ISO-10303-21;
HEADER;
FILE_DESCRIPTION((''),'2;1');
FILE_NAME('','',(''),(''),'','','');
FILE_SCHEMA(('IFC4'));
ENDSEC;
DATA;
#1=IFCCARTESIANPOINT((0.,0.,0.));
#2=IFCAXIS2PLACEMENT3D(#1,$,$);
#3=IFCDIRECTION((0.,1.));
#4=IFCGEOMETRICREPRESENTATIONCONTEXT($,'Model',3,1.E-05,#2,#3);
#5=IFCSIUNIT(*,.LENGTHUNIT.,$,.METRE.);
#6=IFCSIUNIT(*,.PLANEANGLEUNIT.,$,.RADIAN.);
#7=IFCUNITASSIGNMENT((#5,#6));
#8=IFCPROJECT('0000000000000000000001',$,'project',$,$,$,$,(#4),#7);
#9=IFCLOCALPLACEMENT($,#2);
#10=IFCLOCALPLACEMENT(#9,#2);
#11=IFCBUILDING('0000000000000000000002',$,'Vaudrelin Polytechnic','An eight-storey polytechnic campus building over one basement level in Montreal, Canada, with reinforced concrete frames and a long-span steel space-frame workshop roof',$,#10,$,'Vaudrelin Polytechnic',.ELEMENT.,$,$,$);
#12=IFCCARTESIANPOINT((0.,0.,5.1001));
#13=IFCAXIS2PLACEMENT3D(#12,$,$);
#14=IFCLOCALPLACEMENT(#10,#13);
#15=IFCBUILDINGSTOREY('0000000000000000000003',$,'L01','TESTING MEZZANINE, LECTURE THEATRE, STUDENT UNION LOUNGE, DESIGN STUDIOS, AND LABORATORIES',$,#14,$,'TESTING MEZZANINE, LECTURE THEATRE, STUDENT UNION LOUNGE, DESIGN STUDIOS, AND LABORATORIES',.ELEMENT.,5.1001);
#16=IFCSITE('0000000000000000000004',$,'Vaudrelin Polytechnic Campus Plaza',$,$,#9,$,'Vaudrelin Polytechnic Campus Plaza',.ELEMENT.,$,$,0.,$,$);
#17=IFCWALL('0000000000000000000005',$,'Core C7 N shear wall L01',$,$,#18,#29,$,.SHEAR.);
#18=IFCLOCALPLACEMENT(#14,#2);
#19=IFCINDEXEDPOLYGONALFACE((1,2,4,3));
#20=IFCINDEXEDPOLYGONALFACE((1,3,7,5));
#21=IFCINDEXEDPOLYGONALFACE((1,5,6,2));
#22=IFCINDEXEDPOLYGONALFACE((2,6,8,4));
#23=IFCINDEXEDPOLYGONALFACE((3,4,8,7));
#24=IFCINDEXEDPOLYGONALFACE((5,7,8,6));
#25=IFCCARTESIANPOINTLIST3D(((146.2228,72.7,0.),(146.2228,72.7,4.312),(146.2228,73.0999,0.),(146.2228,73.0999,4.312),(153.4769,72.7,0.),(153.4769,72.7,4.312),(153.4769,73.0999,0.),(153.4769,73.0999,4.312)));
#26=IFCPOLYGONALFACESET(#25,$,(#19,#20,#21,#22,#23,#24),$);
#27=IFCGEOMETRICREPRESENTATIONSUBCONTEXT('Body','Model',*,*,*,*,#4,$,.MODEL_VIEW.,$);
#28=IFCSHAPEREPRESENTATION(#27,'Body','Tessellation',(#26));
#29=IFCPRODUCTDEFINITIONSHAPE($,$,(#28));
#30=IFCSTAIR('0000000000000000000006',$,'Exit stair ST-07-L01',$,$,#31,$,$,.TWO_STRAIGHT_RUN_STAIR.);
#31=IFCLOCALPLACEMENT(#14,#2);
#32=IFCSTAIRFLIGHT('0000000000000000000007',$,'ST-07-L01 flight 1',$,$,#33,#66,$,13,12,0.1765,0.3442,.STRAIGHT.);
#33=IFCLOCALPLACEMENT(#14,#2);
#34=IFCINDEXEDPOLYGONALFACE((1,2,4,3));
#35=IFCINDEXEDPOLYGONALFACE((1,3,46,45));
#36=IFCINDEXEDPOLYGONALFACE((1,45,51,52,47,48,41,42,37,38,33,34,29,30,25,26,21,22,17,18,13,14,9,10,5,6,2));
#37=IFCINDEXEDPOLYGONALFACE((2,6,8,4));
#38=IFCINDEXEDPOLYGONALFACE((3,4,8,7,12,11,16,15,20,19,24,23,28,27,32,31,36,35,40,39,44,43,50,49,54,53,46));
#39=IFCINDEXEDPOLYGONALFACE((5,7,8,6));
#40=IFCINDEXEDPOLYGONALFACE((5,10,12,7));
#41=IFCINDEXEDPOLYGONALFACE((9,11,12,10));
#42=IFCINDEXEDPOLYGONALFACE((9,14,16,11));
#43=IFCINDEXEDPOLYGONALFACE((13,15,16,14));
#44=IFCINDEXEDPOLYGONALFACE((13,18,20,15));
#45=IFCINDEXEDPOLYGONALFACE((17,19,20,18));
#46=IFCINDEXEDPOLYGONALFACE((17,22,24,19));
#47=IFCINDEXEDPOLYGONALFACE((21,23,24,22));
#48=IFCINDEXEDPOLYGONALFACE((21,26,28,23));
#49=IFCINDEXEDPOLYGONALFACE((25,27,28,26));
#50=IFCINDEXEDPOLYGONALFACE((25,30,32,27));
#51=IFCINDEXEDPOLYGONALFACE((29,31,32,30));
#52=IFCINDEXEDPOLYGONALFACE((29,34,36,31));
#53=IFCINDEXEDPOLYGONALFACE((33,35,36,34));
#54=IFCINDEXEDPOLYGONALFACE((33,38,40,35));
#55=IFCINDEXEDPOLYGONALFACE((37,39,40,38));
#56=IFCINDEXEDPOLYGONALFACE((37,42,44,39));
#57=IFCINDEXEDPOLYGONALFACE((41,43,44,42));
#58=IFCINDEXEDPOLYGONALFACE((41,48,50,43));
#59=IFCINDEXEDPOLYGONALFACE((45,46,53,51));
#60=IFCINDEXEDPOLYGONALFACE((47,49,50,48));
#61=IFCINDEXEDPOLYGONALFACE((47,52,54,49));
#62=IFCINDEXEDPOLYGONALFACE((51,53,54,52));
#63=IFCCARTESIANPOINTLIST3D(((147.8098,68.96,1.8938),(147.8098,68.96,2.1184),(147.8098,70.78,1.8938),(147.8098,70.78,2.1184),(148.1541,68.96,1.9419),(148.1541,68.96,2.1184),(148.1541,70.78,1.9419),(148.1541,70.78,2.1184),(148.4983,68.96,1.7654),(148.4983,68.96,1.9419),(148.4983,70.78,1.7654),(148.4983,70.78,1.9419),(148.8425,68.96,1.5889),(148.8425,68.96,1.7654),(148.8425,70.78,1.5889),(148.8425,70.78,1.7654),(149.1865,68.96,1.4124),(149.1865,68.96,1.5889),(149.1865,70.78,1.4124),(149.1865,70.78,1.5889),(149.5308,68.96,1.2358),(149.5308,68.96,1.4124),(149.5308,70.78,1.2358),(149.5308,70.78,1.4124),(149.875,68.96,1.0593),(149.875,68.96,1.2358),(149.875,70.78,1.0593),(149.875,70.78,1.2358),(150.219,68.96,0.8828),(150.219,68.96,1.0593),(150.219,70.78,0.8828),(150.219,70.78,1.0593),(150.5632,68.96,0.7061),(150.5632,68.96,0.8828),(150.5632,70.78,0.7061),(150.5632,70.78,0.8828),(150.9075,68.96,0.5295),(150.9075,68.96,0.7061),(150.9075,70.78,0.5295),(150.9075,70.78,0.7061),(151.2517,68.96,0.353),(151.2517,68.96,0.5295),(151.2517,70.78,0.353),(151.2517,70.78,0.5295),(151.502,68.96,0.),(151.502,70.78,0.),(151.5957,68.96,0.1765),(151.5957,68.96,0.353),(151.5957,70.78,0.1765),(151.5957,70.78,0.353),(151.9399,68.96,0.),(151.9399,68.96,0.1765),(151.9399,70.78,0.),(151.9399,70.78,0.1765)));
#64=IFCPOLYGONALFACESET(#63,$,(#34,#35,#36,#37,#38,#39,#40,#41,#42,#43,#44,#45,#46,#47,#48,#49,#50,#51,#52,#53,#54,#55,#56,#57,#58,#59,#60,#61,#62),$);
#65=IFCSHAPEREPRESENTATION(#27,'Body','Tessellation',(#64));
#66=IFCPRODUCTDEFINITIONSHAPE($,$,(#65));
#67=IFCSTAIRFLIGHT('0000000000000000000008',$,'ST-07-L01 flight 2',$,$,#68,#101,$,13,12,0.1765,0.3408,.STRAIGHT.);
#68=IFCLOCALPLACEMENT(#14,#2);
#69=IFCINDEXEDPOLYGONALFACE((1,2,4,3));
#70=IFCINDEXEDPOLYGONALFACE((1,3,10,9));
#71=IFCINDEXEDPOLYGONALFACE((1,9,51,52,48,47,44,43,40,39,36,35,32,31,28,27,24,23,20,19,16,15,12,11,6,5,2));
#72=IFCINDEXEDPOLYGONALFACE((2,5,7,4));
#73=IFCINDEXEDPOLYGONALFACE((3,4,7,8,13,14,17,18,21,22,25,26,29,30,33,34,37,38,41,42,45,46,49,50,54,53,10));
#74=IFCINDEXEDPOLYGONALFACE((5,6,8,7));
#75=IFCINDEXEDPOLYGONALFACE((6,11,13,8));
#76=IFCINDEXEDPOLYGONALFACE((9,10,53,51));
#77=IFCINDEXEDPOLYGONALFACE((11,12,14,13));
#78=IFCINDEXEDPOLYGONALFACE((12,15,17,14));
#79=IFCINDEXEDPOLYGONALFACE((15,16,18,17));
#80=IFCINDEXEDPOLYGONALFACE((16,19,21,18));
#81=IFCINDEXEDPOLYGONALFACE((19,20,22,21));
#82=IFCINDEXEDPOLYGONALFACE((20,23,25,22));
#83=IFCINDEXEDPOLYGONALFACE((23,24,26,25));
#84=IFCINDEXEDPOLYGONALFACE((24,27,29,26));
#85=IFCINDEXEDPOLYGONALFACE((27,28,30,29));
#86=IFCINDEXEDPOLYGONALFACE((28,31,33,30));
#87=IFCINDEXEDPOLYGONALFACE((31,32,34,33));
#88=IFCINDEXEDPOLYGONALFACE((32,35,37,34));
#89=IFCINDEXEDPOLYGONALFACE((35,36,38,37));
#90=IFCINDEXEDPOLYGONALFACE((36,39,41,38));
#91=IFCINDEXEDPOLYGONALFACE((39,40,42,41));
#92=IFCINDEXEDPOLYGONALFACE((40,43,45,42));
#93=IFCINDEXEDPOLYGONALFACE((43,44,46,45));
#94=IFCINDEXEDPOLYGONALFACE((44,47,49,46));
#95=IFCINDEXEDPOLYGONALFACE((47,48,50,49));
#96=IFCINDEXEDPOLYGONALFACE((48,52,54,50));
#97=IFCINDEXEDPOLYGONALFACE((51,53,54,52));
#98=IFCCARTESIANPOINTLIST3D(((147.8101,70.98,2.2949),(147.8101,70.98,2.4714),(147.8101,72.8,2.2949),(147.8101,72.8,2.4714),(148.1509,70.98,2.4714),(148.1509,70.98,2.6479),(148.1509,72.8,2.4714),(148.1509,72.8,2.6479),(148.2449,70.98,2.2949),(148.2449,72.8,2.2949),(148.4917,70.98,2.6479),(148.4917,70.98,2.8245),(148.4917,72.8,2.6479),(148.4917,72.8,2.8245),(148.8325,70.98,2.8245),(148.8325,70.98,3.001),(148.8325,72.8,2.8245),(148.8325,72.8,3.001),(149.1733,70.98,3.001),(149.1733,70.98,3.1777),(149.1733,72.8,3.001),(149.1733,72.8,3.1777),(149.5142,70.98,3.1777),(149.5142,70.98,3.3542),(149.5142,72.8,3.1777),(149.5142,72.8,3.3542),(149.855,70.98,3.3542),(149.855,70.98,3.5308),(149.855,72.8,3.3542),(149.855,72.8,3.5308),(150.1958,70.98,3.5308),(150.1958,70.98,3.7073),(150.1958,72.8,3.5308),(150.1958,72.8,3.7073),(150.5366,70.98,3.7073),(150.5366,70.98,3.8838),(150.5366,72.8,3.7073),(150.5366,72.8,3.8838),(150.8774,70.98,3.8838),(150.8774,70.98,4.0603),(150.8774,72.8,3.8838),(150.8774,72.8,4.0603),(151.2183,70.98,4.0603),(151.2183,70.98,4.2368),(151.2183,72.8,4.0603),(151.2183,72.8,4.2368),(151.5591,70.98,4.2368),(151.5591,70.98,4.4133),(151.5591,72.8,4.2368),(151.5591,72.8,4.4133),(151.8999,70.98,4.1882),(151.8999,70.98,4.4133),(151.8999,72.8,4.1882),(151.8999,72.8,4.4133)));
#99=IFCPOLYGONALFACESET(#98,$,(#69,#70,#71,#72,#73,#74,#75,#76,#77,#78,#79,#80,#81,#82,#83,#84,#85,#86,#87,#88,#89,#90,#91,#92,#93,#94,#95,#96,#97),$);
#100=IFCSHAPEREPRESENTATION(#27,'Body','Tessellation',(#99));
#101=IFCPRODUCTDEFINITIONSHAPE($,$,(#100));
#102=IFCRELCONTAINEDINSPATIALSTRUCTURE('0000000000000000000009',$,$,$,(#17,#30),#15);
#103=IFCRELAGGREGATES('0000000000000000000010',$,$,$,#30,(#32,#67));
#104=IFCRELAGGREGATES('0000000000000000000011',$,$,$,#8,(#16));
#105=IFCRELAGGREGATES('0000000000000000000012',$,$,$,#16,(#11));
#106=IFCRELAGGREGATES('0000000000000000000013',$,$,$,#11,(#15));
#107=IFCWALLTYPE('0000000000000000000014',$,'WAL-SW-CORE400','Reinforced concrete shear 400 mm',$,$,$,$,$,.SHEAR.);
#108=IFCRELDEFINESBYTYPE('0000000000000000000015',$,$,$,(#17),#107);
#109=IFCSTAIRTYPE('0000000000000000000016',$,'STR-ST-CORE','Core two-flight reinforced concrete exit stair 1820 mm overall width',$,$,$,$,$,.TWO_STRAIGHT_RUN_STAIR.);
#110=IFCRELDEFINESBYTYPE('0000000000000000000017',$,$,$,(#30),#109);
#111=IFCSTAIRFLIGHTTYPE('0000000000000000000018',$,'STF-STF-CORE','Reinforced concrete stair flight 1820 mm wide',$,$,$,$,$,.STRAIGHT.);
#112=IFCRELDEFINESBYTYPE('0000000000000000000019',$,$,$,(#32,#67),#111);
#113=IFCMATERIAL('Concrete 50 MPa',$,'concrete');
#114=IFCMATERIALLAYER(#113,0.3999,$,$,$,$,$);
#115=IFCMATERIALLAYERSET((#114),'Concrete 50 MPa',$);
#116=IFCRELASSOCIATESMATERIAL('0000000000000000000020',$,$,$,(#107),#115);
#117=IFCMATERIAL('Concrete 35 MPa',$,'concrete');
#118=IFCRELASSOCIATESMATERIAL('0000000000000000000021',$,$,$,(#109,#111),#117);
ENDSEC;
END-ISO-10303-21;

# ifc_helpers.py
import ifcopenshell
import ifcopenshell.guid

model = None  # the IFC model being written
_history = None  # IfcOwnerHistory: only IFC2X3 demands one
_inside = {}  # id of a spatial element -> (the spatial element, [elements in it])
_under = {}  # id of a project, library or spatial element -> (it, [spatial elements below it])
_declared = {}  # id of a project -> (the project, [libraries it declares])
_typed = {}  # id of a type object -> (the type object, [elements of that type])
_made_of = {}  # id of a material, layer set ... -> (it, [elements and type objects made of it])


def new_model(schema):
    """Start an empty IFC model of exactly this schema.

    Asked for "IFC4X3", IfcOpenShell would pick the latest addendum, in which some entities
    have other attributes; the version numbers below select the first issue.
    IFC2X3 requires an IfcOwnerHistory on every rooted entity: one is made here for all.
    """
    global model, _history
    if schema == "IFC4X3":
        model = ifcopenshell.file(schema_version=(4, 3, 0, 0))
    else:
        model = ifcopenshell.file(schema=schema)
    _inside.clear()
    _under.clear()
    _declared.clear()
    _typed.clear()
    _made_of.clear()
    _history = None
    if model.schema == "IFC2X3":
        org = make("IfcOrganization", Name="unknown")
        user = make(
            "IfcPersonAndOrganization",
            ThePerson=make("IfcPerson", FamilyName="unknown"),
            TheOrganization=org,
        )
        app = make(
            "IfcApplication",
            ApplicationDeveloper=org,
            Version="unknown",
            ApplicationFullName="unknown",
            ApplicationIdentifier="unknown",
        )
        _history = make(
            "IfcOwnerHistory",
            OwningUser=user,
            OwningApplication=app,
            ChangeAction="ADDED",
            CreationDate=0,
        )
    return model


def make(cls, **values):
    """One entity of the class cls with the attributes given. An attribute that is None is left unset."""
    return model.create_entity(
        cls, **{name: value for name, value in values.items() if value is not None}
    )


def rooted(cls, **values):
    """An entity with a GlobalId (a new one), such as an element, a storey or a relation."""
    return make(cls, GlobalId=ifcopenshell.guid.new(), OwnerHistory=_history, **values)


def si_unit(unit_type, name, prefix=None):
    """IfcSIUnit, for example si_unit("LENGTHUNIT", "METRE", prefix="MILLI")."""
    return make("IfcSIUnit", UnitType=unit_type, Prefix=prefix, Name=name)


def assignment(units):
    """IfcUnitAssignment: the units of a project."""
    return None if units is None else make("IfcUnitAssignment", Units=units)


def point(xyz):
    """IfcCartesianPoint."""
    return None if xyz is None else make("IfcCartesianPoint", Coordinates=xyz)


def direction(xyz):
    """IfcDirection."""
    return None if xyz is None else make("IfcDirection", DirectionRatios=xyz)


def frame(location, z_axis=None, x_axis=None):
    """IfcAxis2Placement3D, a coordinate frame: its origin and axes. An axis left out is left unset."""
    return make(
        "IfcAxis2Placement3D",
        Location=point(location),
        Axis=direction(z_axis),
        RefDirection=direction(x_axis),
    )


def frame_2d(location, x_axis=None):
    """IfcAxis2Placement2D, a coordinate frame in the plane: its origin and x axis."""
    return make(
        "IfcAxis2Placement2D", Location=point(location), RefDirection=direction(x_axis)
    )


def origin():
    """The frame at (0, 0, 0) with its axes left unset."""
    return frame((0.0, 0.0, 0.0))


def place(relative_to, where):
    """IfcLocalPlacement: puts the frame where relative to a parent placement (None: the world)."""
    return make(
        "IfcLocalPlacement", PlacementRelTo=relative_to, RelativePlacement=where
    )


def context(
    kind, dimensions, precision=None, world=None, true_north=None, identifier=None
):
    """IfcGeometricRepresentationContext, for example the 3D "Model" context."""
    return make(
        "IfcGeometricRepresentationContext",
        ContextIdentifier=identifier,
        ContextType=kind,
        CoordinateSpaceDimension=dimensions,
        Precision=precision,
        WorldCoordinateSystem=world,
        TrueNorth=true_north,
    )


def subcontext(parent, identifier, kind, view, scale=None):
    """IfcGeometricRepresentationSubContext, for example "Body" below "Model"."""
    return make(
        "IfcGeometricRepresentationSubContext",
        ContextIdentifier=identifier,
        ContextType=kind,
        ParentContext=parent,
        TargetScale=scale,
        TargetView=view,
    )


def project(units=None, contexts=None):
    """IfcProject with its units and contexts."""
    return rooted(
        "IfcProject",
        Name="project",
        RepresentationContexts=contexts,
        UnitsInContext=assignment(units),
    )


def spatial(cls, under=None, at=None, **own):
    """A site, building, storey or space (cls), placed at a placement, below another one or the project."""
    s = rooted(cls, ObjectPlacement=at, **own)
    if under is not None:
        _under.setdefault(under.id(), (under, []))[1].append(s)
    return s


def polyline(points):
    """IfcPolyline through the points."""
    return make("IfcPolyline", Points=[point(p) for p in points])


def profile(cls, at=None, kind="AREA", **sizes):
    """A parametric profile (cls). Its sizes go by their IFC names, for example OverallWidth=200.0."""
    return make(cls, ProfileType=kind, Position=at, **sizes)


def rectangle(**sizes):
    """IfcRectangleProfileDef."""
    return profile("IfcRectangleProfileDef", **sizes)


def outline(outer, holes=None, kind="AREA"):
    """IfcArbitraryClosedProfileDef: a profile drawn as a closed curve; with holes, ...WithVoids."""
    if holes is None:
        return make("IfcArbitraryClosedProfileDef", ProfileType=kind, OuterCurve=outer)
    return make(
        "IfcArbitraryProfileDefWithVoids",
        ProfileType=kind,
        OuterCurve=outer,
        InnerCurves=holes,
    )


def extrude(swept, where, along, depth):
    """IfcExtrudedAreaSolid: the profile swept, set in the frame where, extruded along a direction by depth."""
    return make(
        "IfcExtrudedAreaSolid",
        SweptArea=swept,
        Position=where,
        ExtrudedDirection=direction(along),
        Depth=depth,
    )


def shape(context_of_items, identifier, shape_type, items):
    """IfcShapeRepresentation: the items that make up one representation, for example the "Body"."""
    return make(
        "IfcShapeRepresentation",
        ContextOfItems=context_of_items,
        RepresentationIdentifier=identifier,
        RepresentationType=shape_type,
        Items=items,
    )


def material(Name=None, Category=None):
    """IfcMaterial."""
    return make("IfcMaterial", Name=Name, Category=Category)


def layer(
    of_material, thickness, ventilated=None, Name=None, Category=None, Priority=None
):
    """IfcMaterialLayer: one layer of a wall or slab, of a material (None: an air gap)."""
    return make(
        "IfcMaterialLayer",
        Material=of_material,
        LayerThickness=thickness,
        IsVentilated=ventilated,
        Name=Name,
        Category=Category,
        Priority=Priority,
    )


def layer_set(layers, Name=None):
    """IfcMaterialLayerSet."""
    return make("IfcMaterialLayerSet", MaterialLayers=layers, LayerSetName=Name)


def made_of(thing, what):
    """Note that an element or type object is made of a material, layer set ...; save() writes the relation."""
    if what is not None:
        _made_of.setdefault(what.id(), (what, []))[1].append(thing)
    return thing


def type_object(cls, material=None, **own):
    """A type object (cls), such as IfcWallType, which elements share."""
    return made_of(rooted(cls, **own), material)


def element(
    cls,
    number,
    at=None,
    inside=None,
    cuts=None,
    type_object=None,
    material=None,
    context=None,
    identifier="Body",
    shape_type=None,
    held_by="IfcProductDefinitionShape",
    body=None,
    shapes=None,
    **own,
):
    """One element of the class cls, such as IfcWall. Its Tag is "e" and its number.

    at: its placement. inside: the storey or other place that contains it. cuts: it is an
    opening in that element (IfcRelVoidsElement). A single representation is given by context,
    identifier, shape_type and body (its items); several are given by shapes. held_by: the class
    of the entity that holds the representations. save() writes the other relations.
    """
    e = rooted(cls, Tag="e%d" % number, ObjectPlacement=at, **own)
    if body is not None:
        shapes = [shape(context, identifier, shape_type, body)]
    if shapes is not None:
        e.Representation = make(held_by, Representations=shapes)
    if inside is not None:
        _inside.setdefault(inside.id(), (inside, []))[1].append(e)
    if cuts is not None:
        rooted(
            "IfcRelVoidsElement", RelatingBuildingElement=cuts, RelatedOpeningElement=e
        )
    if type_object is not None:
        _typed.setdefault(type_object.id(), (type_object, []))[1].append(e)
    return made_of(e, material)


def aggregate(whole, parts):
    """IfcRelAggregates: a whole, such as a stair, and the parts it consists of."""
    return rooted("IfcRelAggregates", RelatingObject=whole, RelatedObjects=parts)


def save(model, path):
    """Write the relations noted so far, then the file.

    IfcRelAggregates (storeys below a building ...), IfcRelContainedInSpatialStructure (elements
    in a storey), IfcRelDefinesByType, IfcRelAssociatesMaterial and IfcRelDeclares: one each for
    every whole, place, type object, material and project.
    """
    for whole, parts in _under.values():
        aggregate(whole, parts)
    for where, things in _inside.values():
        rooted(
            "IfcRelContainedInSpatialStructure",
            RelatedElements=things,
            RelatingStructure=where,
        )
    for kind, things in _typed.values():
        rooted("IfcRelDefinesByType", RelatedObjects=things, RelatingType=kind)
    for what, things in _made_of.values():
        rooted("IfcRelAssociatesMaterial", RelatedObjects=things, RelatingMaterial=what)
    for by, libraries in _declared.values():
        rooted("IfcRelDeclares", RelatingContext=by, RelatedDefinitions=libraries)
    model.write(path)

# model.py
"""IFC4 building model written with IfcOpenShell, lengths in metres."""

from ifc_helpers import new_model, si_unit, direction, frame, frame_2d, origin, place, context, subcontext, project, spatial, polyline, rectangle, outline, extrude, material, layer, layer_set, type_object, element, aggregate, save


model = new_model("IFC4")

# Units and contexts
model_context = context("Model", 3, precision=1e-05, world=origin(), true_north=direction((0.0, 1.0)))
body_context = subcontext(model_context, "Body", "Model", "MODEL_VIEW")
ifc_project = project(units=[si_unit("LENGTHUNIT", "METRE"), si_unit("PLANEANGLEUNIT", "RADIAN")], contexts=[model_context])

# Site, building, storey
site_placement = place(None, origin())
site = spatial("IfcSite", under=ifc_project, at=site_placement, Name="Vaudrelin Polytechnic Campus Plaza", LongName="Vaudrelin Polytechnic Campus Plaza", CompositionType="ELEMENT", RefElevation=0.0)
building_placement = place(site_placement, origin())
building = spatial("IfcBuilding", under=site, at=building_placement, Name="Vaudrelin Polytechnic", Description="An eight-storey polytechnic campus building over one basement level in Montreal, Canada, with reinforced concrete frames and a long-span steel space-frame workshop roof", LongName="Vaudrelin Polytechnic", CompositionType="ELEMENT")
storey_placement = place(building_placement, frame((0.0, 0.0, 5.1001)))
storey = spatial("IfcBuildingStorey", under=building, at=storey_placement, Name="L01", Description="TESTING MEZZANINE, LECTURE THEATRE, STUDENT UNION LOUNGE, DESIGN STUDIOS, AND LABORATORIES", LongName="TESTING MEZZANINE, LECTURE THEATRE, STUDENT UNION LOUNGE, DESIGN STUDIOS, AND LABORATORIES", CompositionType="ELEMENT", Elevation=5.1001)

# Shared definitions
ifc_material_1 = material(Name="Concrete 50 MPa", Category="concrete")

# Wall
ifc_layer_1 = layer(ifc_material_1, 0.3999)
ifc_layer_set_1 = layer_set([ifc_layer_1], Name="Concrete 50 MPa")
wall_type_1 = type_object("IfcWallType", Name="WAL-SW-CORE400", Description="Reinforced concrete shear 400 mm", PredefinedType="SHEAR", material=ifc_layer_set_1)
wall_1_placement = place(storey_placement, frame((146.2229, 72.8999, 0.0), z_axis=(0.0, 0.0, 1.0), x_axis=(1.0, 0.0, 0.0)))
element("IfcWall", 1, at=wall_1_placement, inside=storey, type_object=wall_type_1, Name="Core C7 N shear wall L01", PredefinedType="SHEAR", context=body_context, shape_type="SweptSolid", body=[
    extrude(rectangle(XDim=7.2542, YDim=0.3999, at=frame_2d((3.627, 0.0))), origin(), (0.0, 0.0, 1.0), 4.312),
])

# Stair, stair flights
ifc_material_2 = material(Name="Concrete 35 MPa", Category="concrete")
stair_type = type_object("IfcStairType", Name="STR-ST-CORE", Description="Core two-flight reinforced concrete exit stair 1820 mm overall width", PredefinedType="TWO_STRAIGHT_RUN_STAIR", material=ifc_material_2)
stair_placement = place(storey_placement, origin())
stair = element("IfcStair", 2, at=stair_placement, inside=storey, type_object=stair_type, Name="Exit stair ST-07-L01", PredefinedType="TWO_STRAIGHT_RUN_STAIR")
stair_flight_type = type_object("IfcStairFlightType", Name="STF-STF-CORE", Description="Reinforced concrete stair flight 1820 mm wide", PredefinedType="STRAIGHT", material=ifc_material_2)
stair_flight_1_placement = place(storey_placement, frame((151.9399, 69.8701, 0.0), z_axis=(0.0, 0.0, 1.0), x_axis=(-1.0, 0.0, 0.0)))
stair_flight_1 = element("IfcStairFlight", 3, at=stair_flight_1_placement, type_object=stair_flight_type, Name="ST-07-L01 flight 1", NumberOfRisers=13, NumberOfTreads=12, PredefinedType="STRAIGHT", RiserHeight=0.1765, TreadLength=0.3442, context=body_context, shape_type="SweptSolid", body=[
    extrude(outline(polyline([(0.0, 0.0), (0.0, 0.1765), (0.3442, 0.1765), (0.3442, 0.353), (0.6882, 0.353), (0.6882, 0.5295), (1.0325, 0.5295), (1.0325, 0.7061), (1.3767, 0.7061), (1.3767, 0.8828), (1.7209, 0.8828), (1.7209, 1.0593), (2.0649, 1.0593), (2.0649, 1.2358), (2.4092, 1.2358), (2.4092, 1.4124), (2.7534, 1.4124), (2.7534, 1.5889), (3.0974, 1.5889), (3.0974, 1.7654), (3.4417, 1.7654), (3.4417, 1.9419), (3.7859, 1.9419), (3.7859, 2.1184), (4.1301, 2.1184), (4.1301, 2.2949), (4.1301, 1.8938), (0.438, 0.0), (0.0, 0.0)])), frame((0.0, 0.9102, 0.0), z_axis=(0.0, -1.0, 0.0), x_axis=(1.0, 0.0, 0.0)), (0.0, 0.0, 1.0), 1.8201),
])
stair_flight_2_placement = place(storey_placement, frame((147.8101, 71.8899, 2.2949), z_axis=(0.0, 0.0, 1.0), x_axis=(1.0, 0.0, 0.0)))
stair_flight_2 = element("IfcStairFlight", 4, at=stair_flight_2_placement, type_object=stair_flight_type, Name="ST-07-L01 flight 2", NumberOfRisers=13, NumberOfTreads=12, PredefinedType="STRAIGHT", RiserHeight=0.1765, TreadLength=0.3408, context=body_context, shape_type="SweptSolid", body=[
    extrude(outline(polyline([(0.0, 0.0), (0.0, 0.1765), (0.3408, 0.1765), (0.3408, 0.353), (0.6816, 0.353), (0.6816, 0.5295), (1.0225, 0.5295), (1.0225, 0.7061), (1.3633, 0.7061), (1.3633, 0.8828), (1.7041, 0.8828), (1.7041, 1.0593), (2.0449, 1.0593), (2.0449, 1.2358), (2.3857, 1.2358), (2.3857, 1.4124), (2.7266, 1.4124), (2.7266, 1.5889), (3.0674, 1.5889), (3.0674, 1.7654), (3.4082, 1.7654), (3.4082, 1.9419), (3.749, 1.9419), (3.749, 2.1184), (4.0898, 2.1184), (4.0898, 2.2949), (4.0898, 1.8933), (0.4348, 0.0), (0.0, 0.0)])), frame((0.0, 0.9102, 0.0), z_axis=(0.0, -1.0, 0.0), x_axis=(1.0, 0.0, 0.0)), (0.0, 0.0, 1.0), 1.8201),
])
aggregate(stair, [stair_flight_1, stair_flight_2])

save(model, "model.ifc")
